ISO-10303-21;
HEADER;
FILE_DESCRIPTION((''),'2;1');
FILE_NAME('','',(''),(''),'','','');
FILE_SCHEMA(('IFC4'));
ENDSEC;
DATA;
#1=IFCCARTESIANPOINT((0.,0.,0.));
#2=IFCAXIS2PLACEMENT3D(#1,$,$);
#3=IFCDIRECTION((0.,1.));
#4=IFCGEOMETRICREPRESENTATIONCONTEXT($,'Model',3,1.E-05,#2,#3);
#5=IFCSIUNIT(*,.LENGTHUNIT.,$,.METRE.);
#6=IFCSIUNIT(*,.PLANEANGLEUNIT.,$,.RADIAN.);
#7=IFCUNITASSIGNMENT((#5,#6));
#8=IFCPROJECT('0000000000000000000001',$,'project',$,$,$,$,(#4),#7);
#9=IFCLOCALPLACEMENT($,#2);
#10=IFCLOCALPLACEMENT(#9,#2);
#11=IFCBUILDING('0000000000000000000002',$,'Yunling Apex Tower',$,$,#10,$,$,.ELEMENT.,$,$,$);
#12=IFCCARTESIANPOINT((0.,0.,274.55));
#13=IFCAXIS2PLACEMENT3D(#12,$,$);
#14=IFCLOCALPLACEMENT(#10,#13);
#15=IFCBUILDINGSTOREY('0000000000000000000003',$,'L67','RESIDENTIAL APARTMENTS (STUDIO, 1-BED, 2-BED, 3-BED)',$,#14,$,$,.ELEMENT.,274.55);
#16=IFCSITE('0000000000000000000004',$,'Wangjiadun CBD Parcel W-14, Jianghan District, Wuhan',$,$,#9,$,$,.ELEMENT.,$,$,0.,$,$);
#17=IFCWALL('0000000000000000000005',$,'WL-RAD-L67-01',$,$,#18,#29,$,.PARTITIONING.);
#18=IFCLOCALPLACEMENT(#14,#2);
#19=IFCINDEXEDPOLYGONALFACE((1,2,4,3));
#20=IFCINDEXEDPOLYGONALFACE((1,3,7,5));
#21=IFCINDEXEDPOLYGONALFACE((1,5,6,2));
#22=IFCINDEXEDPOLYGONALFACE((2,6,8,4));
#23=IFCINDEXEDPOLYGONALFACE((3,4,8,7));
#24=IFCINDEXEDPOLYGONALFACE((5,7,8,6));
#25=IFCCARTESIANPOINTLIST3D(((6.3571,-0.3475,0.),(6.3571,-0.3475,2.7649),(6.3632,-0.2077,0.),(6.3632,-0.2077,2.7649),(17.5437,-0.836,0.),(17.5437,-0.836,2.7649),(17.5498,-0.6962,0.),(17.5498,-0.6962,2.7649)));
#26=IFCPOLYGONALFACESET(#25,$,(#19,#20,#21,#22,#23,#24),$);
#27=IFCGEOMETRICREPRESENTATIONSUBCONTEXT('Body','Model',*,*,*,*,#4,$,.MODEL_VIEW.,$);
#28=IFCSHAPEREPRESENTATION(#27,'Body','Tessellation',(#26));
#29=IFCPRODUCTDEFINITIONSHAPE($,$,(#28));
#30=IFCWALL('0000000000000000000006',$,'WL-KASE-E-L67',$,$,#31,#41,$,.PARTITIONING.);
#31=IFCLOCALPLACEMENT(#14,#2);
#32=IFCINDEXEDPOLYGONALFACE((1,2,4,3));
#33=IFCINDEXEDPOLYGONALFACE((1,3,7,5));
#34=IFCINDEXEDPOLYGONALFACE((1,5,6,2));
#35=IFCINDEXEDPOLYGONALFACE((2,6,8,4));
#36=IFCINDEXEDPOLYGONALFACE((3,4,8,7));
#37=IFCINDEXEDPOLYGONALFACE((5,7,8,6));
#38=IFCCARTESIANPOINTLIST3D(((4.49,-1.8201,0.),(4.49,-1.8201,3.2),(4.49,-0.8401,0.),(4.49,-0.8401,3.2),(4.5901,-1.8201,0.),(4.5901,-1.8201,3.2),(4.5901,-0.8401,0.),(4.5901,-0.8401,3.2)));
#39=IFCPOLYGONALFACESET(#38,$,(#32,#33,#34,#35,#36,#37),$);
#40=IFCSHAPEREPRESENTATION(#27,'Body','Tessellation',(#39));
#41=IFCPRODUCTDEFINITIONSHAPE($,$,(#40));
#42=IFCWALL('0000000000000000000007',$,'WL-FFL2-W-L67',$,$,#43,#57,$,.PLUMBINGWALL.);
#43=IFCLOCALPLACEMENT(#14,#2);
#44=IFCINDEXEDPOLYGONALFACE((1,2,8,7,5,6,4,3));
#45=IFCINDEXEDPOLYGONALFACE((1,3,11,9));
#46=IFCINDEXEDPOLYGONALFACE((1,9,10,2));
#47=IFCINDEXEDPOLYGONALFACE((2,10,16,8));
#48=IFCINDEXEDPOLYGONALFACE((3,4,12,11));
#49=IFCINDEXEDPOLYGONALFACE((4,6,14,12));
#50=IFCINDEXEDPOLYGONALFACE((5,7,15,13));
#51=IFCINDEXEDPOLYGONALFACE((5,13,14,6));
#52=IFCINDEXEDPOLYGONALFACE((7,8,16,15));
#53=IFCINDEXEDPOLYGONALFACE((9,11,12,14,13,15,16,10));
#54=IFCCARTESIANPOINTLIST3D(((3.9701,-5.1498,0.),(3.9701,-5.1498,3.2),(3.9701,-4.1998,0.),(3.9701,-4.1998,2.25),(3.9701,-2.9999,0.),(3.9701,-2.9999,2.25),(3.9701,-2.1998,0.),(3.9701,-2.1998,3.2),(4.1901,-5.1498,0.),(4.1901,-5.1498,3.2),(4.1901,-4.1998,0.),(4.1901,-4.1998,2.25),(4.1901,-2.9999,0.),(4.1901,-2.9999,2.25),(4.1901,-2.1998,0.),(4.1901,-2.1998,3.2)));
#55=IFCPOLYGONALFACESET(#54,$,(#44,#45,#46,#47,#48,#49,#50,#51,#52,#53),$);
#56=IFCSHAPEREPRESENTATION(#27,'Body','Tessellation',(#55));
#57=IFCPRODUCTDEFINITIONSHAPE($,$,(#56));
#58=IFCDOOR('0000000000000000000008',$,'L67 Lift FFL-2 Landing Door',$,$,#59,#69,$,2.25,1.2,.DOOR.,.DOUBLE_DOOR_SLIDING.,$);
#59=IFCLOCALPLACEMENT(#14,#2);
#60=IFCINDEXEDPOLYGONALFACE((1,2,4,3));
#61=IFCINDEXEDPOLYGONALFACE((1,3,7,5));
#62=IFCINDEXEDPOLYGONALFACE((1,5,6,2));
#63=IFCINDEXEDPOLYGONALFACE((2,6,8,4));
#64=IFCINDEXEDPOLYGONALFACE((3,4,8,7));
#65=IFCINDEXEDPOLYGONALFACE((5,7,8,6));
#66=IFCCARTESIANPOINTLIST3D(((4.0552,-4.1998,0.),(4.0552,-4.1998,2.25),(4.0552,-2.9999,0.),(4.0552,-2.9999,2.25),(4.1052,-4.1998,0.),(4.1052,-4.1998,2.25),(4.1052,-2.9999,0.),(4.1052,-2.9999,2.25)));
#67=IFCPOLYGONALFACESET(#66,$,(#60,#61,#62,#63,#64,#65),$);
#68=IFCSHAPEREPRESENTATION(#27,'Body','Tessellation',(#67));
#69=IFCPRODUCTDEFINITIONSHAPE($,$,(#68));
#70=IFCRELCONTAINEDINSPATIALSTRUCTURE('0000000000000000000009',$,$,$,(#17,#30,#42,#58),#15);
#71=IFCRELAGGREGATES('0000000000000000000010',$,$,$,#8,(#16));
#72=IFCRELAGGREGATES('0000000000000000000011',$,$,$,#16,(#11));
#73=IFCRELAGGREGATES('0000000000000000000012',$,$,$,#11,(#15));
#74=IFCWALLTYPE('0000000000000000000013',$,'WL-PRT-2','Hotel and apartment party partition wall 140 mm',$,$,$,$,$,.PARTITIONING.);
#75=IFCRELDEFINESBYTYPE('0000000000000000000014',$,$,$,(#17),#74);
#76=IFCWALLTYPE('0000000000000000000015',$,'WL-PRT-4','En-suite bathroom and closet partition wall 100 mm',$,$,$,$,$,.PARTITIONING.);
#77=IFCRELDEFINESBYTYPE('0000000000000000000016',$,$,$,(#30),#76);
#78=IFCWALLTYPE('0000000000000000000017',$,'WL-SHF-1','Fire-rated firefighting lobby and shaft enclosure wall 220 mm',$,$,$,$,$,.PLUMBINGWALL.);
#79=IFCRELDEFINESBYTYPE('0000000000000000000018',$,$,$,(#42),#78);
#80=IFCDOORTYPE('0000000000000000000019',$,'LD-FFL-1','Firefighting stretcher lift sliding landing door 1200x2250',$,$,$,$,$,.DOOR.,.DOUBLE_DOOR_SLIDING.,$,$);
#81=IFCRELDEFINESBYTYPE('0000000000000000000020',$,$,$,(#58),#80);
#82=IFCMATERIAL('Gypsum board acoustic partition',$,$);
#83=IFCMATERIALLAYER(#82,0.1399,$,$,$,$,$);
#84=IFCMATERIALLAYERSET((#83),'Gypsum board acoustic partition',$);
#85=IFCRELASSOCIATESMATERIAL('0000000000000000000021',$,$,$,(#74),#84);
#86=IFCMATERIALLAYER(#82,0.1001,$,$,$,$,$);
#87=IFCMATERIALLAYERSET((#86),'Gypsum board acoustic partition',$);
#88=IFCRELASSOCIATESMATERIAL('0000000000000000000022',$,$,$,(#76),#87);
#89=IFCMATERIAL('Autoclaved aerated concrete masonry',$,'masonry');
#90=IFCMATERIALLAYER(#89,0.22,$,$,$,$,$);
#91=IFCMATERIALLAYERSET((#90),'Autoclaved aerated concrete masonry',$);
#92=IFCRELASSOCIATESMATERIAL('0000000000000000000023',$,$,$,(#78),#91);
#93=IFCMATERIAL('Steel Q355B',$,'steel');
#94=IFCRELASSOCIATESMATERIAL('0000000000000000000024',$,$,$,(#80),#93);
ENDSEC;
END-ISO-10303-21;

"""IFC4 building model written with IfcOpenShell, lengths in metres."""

from ifc_helpers import new_model, si_unit, direction, frame, frame_2d, origin, place, context, subcontext, project, spatial, rectangle, extrude, material, layer, layer_set, type_object, element, fill, save


model = new_model("IFC4")

# Units and contexts
model_context = context("Model", 3, precision=1e-05, world=origin(), true_north=direction((0.0, 1.0)))
body_context = subcontext(model_context, "Body", "Model", "MODEL_VIEW")
ifc_project = project(units=[si_unit("LENGTHUNIT", "METRE"), si_unit("PLANEANGLEUNIT", "RADIAN")], contexts=[model_context])

# Site, building, storey
site_placement = place(None, origin())
site = spatial("IfcSite", under=ifc_project, at=site_placement, Name="Wangjiadun CBD Parcel W-14, Jianghan District, Wuhan", CompositionType="ELEMENT", RefElevation=0.0)
building_placement = place(site_placement, origin())
building = spatial("IfcBuilding", under=site, at=building_placement, Name="Yunling Apex Tower", CompositionType="ELEMENT")
storey_placement = place(building_placement, frame((0.0, 0.0, 274.55)))
storey = spatial("IfcBuildingStorey", under=building, at=storey_placement, Name="L67", Description="RESIDENTIAL APARTMENTS (STUDIO, 1-BED, 2-BED, 3-BED)", CompositionType="ELEMENT", Elevation=274.55)

# Shared definitions
ifc_material_1 = material(Name="Steel Q355B", Category="steel")

# Shared definitions
ifc_material_2 = material(Name="Gypsum board acoustic partition")

# Walls
ifc_layer_1 = layer(ifc_material_2, 0.1399)
ifc_layer_set_1 = layer_set([ifc_layer_1], Name="Gypsum board acoustic partition")
wall_type_1 = type_object("IfcWallType", Name="WL-PRT-2", Description="Hotel and apartment party partition wall 140 mm", PredefinedType="PARTITIONING", material=ifc_layer_set_1)
wall_1_placement = place(storey_placement, frame((6.3601, -0.2776, 0.0), z_axis=(0.0, 0.0, 1.0), x_axis=(0.999048, -0.043629, 0.0)))
element("IfcWall", 1, at=wall_1_placement, inside=storey, type_object=wall_type_1, Name="WL-RAD-L67-01", PredefinedType="PARTITIONING", context=body_context, shape_type="SweptSolid", body=[
    extrude(rectangle(XDim=11.1973, YDim=0.1399, at=frame_2d((5.5986, 0.0))), origin(), (0.0, 0.0, 1.0), 2.7649),
])
ifc_layer_2 = layer(ifc_material_2, 0.1001)
ifc_layer_set_2 = layer_set([ifc_layer_2], Name="Gypsum board acoustic partition")
wall_type_2 = type_object("IfcWallType", Name="WL-PRT-4", Description="En-suite bathroom and closet partition wall 100 mm", PredefinedType="PARTITIONING", material=ifc_layer_set_2)
wall_2_placement = place(storey_placement, frame((4.54, -1.8201, 0.0), z_axis=(0.0, 0.0, 1.0), x_axis=(0.0, 1.0, 0.0)))
element("IfcWall", 2, at=wall_2_placement, inside=storey, type_object=wall_type_2, Name="WL-KASE-E-L67", PredefinedType="PARTITIONING", context=body_context, shape_type="SweptSolid", body=[
    extrude(rectangle(XDim=0.98, YDim=0.1001, at=frame_2d((0.49, 0.0))), origin(), (0.0, 0.0, 1.0), 3.2),
])

# Wall, opening, door
ifc_material_3 = material(Name="Autoclaved aerated concrete masonry", Category="masonry")
ifc_layer_3 = layer(ifc_material_3, 0.22)
ifc_layer_set_3 = layer_set([ifc_layer_3], Name="Autoclaved aerated concrete masonry")
wall_type_3 = type_object("IfcWallType", Name="WL-SHF-1", Description="Fire-rated firefighting lobby and shaft enclosure wall 220 mm", PredefinedType="PLUMBINGWALL", material=ifc_layer_set_3)
wall_3_placement = place(storey_placement, frame((4.0801, -5.1499, 0.0), z_axis=(0.0, 0.0, 1.0), x_axis=(0.0, 1.0, 0.0)))
wall_3 = element("IfcWall", 3, at=wall_3_placement, inside=storey, type_object=wall_type_3, Name="WL-FFL2-W-L67", PredefinedType="PLUMBINGWALL", context=body_context, shape_type="SweptSolid", body=[
    extrude(rectangle(XDim=2.95, YDim=0.22, at=frame_2d((1.4751, 0.0))), origin(), (0.0, 0.0, 1.0), 3.2),
])
opening_1_placement = place(wall_3_placement, frame((0.95, 0.0, 0.0)))
opening_1 = element("IfcOpeningElement", 4, at=opening_1_placement, cuts=wall_3, PredefinedType="OPENING", context=body_context, shape_type="SweptSolid", body=[
    extrude(rectangle(XDim=1.2, YDim=2.25, at=frame_2d((0.6001, 1.125))), frame((0.0, 0.1201, 0.0), z_axis=(0.0, -1.0, 0.0), x_axis=(1.0, 0.0, 0.0)), (0.0, 0.0, 1.0), 0.24),
])
door_type_1 = type_object("IfcDoorType", Name="LD-FFL-1", Description="Firefighting stretcher lift sliding landing door 1200x2250", OperationType="DOUBLE_DOOR_SLIDING", PredefinedType="DOOR", material=ifc_material_1)
door_1_placement = place(opening_1_placement, origin())
door_1 = element("IfcDoor", 5, at=door_1_placement, inside=storey, type_object=door_type_1, Name="L67 Lift FFL-2 Landing Door", OperationType="DOUBLE_DOOR_SLIDING", OverallHeight=2.25, OverallWidth=1.2, PredefinedType="DOOR", context=body_context, shape_type="SweptSolid", body=[
    extrude(rectangle(XDim=1.2, YDim=2.25, at=frame_2d((0.6001, 1.125))), frame((0.0, 0.0249, 0.0), z_axis=(0.0, -1.0, 0.0), x_axis=(1.0, 0.0, 0.0)), (0.0, 0.0, 1.0), 0.05),
])
fill(opening_1, door_1)

save(model, "model.ifc")
